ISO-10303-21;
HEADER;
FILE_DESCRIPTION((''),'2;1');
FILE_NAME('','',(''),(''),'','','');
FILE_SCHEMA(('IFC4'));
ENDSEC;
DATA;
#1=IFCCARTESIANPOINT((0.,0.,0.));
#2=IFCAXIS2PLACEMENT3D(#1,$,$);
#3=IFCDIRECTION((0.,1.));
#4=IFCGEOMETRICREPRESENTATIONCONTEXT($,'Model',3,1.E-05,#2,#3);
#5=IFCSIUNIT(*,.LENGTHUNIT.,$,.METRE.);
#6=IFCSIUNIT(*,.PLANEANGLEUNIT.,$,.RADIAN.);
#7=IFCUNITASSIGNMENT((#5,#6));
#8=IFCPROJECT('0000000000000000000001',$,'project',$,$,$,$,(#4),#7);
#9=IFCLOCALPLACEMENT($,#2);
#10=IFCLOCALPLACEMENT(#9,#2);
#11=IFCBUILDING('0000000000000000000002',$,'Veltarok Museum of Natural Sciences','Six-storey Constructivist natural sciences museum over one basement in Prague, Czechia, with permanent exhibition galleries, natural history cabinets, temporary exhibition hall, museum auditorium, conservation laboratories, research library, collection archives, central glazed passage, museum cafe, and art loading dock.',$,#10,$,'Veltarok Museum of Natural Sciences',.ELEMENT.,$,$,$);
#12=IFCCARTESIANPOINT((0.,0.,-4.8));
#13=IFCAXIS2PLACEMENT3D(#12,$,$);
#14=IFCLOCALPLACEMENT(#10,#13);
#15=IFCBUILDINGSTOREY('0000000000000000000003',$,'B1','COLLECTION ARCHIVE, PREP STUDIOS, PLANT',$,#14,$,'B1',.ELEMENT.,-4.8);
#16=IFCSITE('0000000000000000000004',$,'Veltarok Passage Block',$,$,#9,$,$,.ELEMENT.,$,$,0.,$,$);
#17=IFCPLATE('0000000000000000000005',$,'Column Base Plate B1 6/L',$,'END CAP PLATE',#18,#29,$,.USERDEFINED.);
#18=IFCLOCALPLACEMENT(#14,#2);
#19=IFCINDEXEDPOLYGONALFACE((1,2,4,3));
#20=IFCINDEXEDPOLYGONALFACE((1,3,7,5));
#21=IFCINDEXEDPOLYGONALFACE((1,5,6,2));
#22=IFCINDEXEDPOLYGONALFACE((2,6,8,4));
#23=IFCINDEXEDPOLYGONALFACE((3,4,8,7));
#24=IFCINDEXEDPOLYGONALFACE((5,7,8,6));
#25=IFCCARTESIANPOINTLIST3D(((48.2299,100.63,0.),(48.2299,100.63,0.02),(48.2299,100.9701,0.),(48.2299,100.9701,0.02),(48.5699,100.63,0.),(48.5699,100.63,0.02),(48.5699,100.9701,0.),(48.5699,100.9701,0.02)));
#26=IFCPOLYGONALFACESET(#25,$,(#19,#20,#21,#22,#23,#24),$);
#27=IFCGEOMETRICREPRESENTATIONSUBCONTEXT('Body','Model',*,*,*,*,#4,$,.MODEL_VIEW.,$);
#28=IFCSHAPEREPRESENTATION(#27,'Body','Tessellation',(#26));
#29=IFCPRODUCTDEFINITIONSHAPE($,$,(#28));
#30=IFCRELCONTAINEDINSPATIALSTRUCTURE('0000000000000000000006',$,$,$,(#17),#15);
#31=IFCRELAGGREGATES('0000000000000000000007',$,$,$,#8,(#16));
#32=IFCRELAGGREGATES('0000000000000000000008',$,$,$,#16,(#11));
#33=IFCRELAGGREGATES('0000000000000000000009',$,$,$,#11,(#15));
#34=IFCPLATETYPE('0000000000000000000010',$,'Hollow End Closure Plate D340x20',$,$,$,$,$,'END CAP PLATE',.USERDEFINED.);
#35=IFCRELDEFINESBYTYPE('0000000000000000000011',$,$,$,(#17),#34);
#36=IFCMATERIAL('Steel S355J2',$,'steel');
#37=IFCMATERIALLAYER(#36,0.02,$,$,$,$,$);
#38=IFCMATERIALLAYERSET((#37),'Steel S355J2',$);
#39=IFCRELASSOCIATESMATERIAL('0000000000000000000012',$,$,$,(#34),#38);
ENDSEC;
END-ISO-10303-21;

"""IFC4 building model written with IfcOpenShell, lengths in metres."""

from ifc_helpers import new_model, si_unit, direction, frame, origin, origin_2d, place, context, subcontext, project, spatial, rectangle, extrude, material, layer, layer_set, type_object, element, save


model = new_model("IFC4")

# Units and contexts
model_context = context("Model", 3, precision=1e-05, world=origin(), true_north=direction((0.0, 1.0)))
body_context = subcontext(model_context, "Body", "Model", "MODEL_VIEW")
ifc_project = project(units=[si_unit("LENGTHUNIT", "METRE"), si_unit("PLANEANGLEUNIT", "RADIAN")], contexts=[model_context])

# Site, building, storey
site_placement = place(None, origin())
site = spatial("IfcSite", under=ifc_project, at=site_placement, Name="Veltarok Passage Block", CompositionType="ELEMENT", RefElevation=0.0)
building_placement = place(site_placement, origin())
building = spatial("IfcBuilding", under=site, at=building_placement, Name="Veltarok Museum of Natural Sciences", Description="Six-storey Constructivist natural sciences museum over one basement in Prague, Czechia, with permanent exhibition galleries, natural history cabinets, temporary exhibition hall, museum auditorium, conservation laboratories, research library, collection archives, central glazed passage, museum cafe, and art loading dock.", LongName="Veltarok Museum of Natural Sciences", CompositionType="ELEMENT")
storey_placement = place(building_placement, frame((0.0, 0.0, -4.8)))
storey = spatial("IfcBuildingStorey", under=building, at=storey_placement, Name="B1", Description="COLLECTION ARCHIVE, PREP STUDIOS, PLANT", LongName="B1", CompositionType="ELEMENT", Elevation=-4.8)

# Shared definitions
ifc_material_1 = material(Name="Steel S355J2", Category="steel")

# Plate
ifc_layer = layer(ifc_material_1, 0.02)
ifc_layer_set = layer_set([ifc_layer], Name="Steel S355J2")
plate_type = type_object("IfcPlateType", Name="Hollow End Closure Plate D340x20", ElementType="END CAP PLATE", PredefinedType="USERDEFINED", material=ifc_layer_set)
for number, where, z_axis, x_axis, name in (
    (1, (48.3999, 100.8, 0.0), (0.0, 0.0, 1.0), (1.0, 0.0, 0.0), "Column Base Plate B1 6/L"),
):
    element("IfcPlate", number, at=place(storey_placement, frame(where, z_axis=z_axis, x_axis=x_axis)), inside=storey, type_object=plate_type, Name=name, ObjectType="END CAP PLATE", PredefinedType="USERDEFINED", context=body_context, shape_type="SweptSolid", body=[
        extrude(rectangle(XDim=0.3401, YDim=0.3401, at=origin_2d()), origin(), (0.0, 0.0, 1.0), 0.02),
    ])

save(model, "model.ifc")
